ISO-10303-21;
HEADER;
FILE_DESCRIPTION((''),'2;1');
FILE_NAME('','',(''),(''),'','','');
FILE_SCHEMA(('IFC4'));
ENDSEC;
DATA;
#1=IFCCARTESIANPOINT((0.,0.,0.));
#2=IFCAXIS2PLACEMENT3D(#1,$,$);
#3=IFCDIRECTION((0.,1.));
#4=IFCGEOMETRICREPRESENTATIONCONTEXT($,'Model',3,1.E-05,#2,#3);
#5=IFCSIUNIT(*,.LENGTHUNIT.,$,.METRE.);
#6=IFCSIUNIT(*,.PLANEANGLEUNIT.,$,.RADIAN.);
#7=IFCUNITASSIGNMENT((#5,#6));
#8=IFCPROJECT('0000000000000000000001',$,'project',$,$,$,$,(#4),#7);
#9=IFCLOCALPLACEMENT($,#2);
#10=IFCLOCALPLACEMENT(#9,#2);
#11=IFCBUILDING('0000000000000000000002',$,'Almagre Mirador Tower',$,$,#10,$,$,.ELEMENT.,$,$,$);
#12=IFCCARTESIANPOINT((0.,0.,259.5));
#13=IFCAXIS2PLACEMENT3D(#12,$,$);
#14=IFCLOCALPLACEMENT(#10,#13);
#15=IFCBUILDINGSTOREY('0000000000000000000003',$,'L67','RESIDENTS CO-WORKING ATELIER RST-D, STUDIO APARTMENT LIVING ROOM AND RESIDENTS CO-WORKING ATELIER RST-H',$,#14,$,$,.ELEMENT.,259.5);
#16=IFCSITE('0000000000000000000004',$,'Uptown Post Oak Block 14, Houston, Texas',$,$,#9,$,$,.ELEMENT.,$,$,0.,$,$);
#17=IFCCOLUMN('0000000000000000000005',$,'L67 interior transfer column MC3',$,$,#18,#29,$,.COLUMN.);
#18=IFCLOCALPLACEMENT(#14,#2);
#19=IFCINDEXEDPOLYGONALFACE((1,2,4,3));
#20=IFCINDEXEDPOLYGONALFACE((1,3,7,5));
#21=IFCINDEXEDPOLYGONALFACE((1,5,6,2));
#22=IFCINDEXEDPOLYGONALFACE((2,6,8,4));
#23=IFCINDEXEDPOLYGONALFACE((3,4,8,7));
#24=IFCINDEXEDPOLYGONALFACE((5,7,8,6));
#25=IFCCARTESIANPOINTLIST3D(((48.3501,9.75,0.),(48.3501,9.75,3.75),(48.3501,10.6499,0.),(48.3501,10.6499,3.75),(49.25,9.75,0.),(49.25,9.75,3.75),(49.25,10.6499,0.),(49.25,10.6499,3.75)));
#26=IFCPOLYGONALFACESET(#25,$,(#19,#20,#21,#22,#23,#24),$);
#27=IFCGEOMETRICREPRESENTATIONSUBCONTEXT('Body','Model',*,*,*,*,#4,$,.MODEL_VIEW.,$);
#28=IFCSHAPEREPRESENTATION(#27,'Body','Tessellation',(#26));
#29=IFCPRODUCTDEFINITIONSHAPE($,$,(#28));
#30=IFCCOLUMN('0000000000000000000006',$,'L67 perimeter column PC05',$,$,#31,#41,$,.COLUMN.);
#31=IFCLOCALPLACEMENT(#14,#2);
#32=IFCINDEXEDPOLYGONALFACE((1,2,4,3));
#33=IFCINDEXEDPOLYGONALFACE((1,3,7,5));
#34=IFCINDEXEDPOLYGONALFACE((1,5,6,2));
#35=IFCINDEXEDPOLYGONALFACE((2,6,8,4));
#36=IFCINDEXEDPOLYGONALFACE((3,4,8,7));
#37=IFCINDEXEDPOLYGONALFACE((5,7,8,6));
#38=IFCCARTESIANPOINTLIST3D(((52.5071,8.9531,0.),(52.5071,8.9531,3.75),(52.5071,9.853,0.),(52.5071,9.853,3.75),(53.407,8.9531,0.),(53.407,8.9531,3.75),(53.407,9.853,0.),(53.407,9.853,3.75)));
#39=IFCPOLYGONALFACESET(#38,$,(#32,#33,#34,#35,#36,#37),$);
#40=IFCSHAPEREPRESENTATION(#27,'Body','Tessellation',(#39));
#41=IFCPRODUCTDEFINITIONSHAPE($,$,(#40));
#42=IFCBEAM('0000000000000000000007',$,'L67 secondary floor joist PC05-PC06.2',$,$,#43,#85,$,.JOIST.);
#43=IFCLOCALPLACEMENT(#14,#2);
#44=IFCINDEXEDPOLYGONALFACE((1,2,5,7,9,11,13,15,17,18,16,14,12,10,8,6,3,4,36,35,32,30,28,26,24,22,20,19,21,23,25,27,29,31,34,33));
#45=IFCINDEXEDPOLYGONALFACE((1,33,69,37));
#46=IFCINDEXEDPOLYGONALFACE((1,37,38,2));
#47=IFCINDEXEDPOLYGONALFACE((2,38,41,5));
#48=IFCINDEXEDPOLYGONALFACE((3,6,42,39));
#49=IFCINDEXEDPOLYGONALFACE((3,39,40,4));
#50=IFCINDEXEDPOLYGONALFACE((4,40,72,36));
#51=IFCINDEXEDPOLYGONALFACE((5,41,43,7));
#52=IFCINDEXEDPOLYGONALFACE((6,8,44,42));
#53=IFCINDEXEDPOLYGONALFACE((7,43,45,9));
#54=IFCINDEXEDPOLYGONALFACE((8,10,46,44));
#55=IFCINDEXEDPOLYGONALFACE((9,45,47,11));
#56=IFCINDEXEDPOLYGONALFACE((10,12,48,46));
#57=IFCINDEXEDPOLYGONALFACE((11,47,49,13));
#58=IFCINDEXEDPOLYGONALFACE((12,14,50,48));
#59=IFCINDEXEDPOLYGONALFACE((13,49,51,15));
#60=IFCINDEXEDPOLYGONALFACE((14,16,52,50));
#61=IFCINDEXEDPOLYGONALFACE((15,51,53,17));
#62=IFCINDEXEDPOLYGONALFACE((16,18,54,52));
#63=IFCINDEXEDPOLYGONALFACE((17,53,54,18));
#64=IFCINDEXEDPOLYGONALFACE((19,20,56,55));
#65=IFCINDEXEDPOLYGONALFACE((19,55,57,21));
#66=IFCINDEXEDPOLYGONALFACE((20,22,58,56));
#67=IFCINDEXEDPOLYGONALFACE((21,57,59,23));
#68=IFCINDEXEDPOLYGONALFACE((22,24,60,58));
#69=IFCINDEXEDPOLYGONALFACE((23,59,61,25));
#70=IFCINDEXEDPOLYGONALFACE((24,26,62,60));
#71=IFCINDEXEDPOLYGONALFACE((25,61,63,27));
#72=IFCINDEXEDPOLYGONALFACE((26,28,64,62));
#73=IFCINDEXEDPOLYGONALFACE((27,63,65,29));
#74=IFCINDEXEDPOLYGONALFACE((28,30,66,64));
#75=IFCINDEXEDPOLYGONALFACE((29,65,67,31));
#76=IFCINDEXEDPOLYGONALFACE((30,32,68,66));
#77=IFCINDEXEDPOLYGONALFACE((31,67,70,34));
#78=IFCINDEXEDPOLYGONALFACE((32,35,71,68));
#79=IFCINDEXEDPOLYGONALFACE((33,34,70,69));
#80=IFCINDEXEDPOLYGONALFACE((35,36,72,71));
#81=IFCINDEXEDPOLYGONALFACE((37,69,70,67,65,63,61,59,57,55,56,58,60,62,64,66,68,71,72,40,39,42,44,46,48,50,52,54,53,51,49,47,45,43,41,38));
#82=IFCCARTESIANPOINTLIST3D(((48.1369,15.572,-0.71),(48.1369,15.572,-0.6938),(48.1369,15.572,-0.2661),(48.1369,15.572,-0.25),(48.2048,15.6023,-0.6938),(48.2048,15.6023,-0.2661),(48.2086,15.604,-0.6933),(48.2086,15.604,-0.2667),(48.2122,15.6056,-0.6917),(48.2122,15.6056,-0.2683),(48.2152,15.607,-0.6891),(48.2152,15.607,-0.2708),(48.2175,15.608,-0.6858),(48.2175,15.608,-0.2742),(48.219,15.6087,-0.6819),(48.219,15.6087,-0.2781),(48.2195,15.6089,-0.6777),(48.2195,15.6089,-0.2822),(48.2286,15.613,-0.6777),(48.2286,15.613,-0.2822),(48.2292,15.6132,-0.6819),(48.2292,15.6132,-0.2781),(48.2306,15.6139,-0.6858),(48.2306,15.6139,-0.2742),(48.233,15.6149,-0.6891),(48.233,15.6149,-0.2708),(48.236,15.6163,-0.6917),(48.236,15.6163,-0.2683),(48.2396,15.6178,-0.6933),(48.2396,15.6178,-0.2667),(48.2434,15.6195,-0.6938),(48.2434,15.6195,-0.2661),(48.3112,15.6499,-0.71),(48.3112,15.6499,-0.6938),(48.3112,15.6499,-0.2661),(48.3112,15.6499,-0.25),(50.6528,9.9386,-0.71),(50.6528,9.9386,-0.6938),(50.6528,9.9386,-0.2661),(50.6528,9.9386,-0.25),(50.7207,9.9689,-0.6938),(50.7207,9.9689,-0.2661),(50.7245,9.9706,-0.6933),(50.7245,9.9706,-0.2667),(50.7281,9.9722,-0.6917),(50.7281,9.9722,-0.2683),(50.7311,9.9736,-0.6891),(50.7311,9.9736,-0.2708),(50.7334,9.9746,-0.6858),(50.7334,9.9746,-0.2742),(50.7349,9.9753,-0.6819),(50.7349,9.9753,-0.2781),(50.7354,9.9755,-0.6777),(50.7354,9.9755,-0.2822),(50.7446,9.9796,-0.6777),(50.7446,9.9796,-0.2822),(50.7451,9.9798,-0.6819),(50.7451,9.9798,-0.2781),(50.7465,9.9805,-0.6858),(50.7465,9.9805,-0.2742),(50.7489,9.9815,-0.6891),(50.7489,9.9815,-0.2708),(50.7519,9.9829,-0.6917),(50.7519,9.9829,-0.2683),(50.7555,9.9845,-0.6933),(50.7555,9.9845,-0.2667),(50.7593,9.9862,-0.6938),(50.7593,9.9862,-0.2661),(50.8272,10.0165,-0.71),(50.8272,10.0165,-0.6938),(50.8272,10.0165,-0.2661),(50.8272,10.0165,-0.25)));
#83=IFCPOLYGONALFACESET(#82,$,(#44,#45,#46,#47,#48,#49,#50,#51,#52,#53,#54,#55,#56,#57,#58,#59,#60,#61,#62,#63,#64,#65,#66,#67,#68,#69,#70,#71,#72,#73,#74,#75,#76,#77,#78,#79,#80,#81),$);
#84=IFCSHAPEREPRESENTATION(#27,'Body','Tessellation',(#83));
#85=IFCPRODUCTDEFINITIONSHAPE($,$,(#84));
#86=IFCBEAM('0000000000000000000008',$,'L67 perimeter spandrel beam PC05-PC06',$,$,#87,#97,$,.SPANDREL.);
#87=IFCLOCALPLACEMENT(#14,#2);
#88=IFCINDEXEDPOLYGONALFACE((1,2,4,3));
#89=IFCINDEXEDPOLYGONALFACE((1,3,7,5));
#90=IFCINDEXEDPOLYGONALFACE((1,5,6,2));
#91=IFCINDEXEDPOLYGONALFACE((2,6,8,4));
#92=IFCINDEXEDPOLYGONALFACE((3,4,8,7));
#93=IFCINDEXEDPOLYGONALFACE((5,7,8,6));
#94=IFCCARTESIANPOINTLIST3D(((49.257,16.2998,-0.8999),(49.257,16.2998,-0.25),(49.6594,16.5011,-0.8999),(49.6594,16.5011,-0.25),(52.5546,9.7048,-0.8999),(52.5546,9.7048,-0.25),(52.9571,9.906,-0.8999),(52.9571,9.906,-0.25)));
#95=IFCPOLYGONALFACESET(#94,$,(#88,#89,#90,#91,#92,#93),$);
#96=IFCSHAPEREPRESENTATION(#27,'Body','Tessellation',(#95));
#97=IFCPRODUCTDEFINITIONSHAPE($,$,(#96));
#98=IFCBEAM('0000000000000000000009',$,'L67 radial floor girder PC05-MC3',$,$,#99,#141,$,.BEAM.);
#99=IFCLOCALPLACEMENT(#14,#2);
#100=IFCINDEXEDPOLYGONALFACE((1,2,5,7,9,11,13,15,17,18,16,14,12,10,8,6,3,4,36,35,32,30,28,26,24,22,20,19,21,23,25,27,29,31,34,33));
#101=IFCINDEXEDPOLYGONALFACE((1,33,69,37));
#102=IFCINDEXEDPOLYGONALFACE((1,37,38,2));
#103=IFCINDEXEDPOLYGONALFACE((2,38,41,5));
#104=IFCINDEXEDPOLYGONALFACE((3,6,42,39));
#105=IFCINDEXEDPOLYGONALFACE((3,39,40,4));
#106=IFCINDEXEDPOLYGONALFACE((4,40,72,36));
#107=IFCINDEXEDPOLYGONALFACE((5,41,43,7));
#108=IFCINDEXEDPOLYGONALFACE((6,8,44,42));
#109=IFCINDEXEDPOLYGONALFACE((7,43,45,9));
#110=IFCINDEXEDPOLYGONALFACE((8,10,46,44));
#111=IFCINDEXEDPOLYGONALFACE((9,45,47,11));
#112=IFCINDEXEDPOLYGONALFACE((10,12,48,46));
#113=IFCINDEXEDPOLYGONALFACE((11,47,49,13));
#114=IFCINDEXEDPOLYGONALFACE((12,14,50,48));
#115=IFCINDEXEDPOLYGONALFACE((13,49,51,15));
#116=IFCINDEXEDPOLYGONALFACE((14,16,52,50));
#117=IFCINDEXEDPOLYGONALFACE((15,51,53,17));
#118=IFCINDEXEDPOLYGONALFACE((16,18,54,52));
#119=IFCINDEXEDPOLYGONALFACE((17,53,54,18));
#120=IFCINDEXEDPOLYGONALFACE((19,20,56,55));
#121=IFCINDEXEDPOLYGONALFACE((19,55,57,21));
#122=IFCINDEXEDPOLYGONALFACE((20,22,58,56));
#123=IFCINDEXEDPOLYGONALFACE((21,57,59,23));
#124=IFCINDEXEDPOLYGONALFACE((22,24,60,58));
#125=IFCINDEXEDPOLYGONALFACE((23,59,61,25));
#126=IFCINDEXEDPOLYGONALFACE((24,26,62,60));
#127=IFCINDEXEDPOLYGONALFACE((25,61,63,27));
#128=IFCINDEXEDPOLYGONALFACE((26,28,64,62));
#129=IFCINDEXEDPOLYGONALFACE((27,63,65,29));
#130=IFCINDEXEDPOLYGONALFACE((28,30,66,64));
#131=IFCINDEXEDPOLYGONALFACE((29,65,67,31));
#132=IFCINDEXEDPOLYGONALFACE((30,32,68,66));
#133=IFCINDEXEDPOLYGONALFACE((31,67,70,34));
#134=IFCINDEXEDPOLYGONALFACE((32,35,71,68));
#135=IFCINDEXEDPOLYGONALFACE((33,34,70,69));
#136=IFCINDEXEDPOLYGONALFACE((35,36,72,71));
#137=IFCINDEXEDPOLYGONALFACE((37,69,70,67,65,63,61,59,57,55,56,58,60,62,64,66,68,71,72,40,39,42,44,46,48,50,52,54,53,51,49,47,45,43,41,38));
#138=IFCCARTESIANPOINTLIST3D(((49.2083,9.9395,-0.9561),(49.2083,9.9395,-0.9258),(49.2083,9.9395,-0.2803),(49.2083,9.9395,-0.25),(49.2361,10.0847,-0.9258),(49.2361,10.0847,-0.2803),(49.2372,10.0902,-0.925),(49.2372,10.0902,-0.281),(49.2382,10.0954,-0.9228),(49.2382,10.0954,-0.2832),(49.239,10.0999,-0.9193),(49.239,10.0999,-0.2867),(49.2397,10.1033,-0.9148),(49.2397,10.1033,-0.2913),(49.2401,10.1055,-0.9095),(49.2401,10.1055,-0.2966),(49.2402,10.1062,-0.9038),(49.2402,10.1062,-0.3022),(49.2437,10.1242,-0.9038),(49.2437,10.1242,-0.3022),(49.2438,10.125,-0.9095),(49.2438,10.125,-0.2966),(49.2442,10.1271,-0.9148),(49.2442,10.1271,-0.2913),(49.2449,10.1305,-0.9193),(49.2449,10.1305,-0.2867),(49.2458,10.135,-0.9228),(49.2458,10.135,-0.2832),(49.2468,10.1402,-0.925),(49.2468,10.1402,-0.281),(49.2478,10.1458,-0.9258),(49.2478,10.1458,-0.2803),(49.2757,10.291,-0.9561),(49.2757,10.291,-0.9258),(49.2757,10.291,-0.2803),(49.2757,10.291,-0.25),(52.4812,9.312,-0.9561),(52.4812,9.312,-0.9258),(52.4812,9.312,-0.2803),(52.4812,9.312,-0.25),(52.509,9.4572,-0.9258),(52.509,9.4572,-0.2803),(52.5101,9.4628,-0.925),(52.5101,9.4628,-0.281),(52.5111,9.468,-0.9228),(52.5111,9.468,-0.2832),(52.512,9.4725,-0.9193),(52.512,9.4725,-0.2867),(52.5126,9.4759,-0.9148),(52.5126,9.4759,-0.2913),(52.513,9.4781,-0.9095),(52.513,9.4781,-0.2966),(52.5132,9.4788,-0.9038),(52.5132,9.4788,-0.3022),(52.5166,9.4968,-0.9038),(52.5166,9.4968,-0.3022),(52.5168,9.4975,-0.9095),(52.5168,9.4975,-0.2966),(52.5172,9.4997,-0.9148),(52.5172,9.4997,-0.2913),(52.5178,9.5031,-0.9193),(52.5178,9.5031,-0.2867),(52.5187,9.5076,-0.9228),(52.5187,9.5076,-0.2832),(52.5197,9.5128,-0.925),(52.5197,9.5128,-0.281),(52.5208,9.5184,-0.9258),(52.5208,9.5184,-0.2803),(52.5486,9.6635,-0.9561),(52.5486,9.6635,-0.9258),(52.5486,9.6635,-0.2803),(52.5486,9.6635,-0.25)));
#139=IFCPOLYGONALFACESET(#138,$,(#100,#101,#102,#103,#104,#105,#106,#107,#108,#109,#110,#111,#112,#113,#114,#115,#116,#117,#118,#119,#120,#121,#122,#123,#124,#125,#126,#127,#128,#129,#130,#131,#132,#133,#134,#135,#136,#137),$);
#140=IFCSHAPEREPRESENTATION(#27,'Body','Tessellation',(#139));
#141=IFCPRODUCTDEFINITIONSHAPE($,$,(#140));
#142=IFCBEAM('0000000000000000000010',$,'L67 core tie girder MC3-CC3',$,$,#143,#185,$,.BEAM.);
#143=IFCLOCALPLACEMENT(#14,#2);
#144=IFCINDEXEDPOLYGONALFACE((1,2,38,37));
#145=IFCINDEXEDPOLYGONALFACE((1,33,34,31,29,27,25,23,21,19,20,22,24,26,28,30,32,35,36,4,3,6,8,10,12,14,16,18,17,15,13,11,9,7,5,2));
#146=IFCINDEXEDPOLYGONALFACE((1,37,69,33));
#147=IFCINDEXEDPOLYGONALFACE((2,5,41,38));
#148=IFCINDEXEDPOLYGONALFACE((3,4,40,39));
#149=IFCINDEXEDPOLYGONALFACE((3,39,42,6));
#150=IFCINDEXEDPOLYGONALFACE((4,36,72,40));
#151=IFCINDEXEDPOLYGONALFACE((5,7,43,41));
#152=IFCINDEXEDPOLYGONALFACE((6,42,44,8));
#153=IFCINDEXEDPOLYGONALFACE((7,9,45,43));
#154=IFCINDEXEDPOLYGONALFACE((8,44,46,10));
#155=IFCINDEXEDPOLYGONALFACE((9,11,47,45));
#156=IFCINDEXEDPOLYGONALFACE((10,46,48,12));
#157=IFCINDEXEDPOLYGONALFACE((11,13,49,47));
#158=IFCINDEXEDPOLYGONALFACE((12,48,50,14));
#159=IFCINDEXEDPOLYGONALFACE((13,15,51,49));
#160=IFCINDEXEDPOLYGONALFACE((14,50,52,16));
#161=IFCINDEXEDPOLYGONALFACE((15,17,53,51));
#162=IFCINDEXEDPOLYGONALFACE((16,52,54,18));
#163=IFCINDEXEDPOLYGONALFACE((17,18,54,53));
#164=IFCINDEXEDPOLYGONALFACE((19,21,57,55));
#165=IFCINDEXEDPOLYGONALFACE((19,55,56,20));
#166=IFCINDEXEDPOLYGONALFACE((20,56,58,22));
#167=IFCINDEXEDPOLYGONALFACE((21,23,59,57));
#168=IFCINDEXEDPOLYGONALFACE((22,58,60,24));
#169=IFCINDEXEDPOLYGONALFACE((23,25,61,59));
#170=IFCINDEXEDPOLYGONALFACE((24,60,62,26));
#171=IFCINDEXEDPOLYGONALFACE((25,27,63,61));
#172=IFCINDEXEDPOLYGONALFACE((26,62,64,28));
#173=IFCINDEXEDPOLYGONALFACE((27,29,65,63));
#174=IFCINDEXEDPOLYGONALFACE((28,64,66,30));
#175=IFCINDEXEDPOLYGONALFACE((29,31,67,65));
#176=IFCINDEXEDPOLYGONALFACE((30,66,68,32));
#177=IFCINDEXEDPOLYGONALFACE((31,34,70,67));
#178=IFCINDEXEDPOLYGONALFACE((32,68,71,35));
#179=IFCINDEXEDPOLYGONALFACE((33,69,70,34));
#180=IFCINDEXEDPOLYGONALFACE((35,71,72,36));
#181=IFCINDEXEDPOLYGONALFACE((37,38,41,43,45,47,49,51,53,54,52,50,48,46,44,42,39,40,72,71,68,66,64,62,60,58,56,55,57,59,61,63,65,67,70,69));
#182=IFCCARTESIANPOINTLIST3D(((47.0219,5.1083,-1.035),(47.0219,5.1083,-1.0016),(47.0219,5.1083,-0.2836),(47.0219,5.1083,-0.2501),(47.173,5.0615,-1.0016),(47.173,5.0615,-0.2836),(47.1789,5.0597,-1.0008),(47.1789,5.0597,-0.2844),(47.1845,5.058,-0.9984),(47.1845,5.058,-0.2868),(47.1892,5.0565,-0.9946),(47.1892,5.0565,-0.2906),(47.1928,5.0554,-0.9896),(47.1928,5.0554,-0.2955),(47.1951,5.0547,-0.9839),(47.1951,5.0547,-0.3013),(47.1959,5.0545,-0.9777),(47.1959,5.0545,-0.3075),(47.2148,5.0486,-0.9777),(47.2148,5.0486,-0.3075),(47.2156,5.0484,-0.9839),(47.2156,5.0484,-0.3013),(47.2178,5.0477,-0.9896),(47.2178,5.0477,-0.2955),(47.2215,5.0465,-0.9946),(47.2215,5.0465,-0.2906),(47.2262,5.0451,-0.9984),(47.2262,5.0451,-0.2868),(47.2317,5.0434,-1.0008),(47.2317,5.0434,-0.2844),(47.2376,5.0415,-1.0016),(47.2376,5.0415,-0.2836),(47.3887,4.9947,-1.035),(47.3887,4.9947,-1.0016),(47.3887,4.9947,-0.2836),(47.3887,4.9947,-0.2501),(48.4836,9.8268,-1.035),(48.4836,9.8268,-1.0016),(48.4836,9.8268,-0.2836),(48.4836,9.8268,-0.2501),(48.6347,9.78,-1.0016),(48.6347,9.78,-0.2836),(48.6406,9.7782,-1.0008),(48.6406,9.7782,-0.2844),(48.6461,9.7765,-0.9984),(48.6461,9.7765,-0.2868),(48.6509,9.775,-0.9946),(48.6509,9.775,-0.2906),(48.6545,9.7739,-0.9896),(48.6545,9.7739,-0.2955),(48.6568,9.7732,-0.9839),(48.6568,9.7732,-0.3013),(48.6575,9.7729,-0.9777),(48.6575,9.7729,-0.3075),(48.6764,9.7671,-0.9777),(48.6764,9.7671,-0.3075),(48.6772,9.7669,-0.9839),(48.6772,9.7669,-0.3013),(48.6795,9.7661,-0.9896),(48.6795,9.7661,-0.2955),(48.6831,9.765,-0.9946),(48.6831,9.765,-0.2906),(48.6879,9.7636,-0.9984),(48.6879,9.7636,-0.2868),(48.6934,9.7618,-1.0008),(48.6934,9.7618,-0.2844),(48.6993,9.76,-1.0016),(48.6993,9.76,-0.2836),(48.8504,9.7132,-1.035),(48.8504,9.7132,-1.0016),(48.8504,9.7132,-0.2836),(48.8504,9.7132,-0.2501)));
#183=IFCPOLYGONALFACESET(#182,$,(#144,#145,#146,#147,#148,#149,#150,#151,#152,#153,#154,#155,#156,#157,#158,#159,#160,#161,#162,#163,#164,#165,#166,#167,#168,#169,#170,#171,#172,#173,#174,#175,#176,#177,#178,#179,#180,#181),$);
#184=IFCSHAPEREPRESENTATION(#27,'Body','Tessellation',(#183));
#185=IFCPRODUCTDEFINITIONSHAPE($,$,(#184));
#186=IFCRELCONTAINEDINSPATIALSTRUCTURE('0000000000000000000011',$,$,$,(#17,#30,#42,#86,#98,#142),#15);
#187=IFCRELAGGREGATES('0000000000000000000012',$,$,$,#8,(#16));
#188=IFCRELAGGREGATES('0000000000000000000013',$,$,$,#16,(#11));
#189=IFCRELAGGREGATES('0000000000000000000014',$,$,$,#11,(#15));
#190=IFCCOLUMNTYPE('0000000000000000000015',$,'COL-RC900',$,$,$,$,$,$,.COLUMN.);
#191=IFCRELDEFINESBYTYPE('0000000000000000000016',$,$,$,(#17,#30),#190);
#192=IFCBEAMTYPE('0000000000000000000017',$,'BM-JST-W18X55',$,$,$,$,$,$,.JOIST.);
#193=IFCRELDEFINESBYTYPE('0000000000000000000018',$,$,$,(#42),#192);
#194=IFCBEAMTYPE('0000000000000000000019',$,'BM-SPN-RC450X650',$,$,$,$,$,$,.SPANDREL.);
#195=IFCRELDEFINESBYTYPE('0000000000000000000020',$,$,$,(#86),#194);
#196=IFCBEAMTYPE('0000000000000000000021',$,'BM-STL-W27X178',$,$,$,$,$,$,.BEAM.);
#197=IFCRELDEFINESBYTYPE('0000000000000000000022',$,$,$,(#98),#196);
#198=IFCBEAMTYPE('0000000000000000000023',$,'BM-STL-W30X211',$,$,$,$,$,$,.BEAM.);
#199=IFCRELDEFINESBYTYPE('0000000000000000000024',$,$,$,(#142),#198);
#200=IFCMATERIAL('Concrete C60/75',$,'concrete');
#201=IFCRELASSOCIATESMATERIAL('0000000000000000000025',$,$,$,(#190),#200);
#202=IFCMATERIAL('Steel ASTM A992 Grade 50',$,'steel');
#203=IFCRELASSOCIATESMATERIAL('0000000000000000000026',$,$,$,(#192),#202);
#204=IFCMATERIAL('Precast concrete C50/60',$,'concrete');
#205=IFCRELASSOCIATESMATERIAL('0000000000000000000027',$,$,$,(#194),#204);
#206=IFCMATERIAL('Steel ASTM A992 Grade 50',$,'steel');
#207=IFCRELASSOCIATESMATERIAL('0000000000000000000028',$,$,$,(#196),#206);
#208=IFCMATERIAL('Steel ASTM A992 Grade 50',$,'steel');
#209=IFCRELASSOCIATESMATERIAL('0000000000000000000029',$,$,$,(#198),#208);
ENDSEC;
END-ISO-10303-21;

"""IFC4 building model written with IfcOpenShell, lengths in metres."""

from ifc_helpers import new_model, si_unit, direction, frame, origin, origin_2d, place, context, subcontext, project, spatial, rectangle, i_section, extrude, material, material_profile, profile_set, type_object, element, save


model = new_model("IFC4")

# Units and contexts
model_context = context("Model", 3, precision=1e-05, world=origin(), true_north=direction((0.0, 1.0)))
body_context = subcontext(model_context, "Body", "Model", "MODEL_VIEW")
ifc_project = project(units=[si_unit("LENGTHUNIT", "METRE"), si_unit("PLANEANGLEUNIT", "RADIAN")], contexts=[model_context])

# Site, building, storey
site_placement = place(None, origin())
site = spatial("IfcSite", under=ifc_project, at=site_placement, Name="Uptown Post Oak Block 14, Houston, Texas", CompositionType="ELEMENT", RefElevation=0.0)
building_placement = place(site_placement, origin())
building = spatial("IfcBuilding", under=site, at=building_placement, Name="Almagre Mirador Tower", CompositionType="ELEMENT")
storey_placement = place(building_placement, frame((0.0, 0.0, 259.5)))
storey = spatial("IfcBuildingStorey", under=building, at=storey_placement, Name="L67", Description="RESIDENTS CO-WORKING ATELIER RST-D, STUDIO APARTMENT LIVING ROOM AND RESIDENTS CO-WORKING ATELIER RST-H", CompositionType="ELEMENT", Elevation=259.5)

# Columns
ifc_material_1 = material(Name="Concrete C60/75", Category="concrete")
ifc_material_profile_1 = material_profile(ifc_material_1, rectangle(XDim=0.8999, YDim=0.8999, at=origin_2d()), Name="RC900X900")
ifc_profile_set_1 = profile_set([ifc_material_profile_1], Name="Concrete C60/75")
column_type = type_object("IfcColumnType", Name="COL-RC900", PredefinedType="COLUMN", material=ifc_profile_set_1)
for number, where, z_axis, x_axis, name in (
    (1, (48.8, 10.2, 0.0), (0.0, 0.0, 1.0), (1.0, 0.0, 0.0), "L67 interior transfer column MC3"),
    (2, (52.957, 9.4031, 0.0), (0.0, 0.0, 1.0), (1.0, 0.0, 0.0), "L67 perimeter column PC05"),
):
    element("IfcColumn", number, at=place(storey_placement, frame(where, z_axis=z_axis, x_axis=x_axis)), inside=storey, type_object=column_type, Name=name, PredefinedType="COLUMN", context=body_context, shape_type="SweptSolid", body=[
        extrude(rectangle(XDim=0.8999, YDim=0.8999, at=origin_2d()), origin(), (0.0, 0.0, 1.0), 3.75),
    ])

# Beams
ifc_material_2 = material(Name="Steel ASTM A992 Grade 50", Category="steel")
ifc_material_profile_2 = material_profile(ifc_material_2, i_section(OverallWidth=0.1909, OverallDepth=0.46, WebThickness=0.01, FlangeThickness=0.0161, FilletRadius=0.0161, at=origin_2d()), Name="W18X55")
ifc_profile_set_2 = profile_set([ifc_material_profile_2], Name="Steel ASTM A992 Grade 50")
beam_type_1 = type_object("IfcBeamType", Name="BM-JST-W18X55", PredefinedType="JOIST", material=ifc_profile_set_2)
beam_1_placement = place(storey_placement, frame((50.74, 9.9775, -0.48), z_axis=(-0.407786, 0.913077, 0.0), x_axis=(-0.913077, -0.407786, 0.0)))
element("IfcBeam", 3, at=beam_1_placement, inside=storey, type_object=beam_type_1, Name="L67 secondary floor joist PC05-PC06.2", PredefinedType="JOIST", context=body_context, shape_type="SweptSolid", body=[
    extrude(i_section(OverallWidth=0.1909, OverallDepth=0.46, WebThickness=0.01, FlangeThickness=0.0161, FilletRadius=0.0161, at=origin_2d()), origin(), (0.0, 0.0, 1.0), 6.1697),
])
ifc_material_3 = material(Name="Precast concrete C50/60", Category="concrete")
ifc_material_profile_3 = material_profile(ifc_material_3, rectangle(XDim=0.45, YDim=0.6499, at=origin_2d()), Name="RC450X650")
ifc_profile_set_3 = profile_set([ifc_material_profile_3], Name="Precast concrete C50/60")
beam_type_2 = type_object("IfcBeamType", Name="BM-SPN-RC450X650", PredefinedType="SPANDREL", material=ifc_profile_set_3)
beam_2_placement = place(storey_placement, frame((52.7559, 9.8054, -0.575), z_axis=(-0.447227, 0.894421, 0.0), x_axis=(-0.894421, -0.447227, 0.0)))
element("IfcBeam", 4, at=beam_2_placement, inside=storey, type_object=beam_type_2, Name="L67 perimeter spandrel beam PC05-PC06", PredefinedType="SPANDREL", context=body_context, shape_type="SweptSolid", body=[
    extrude(rectangle(XDim=0.45, YDim=0.6499, at=origin_2d()), origin(), (0.0, 0.0, 1.0), 7.3735),
])
ifc_material_4 = material(Name="Steel ASTM A992 Grade 50", Category="steel")
ifc_material_profile_4 = material_profile(ifc_material_4, i_section(OverallWidth=0.3579, OverallDepth=0.7061, WebThickness=0.0183, FlangeThickness=0.0303, FilletRadius=0.022, at=origin_2d()), Name="W27X178")
ifc_profile_set_4 = profile_set([ifc_material_profile_4], Name="Steel ASTM A992 Grade 50")
beam_type_3 = type_object("IfcBeamType", Name="BM-STL-W27X178", PredefinedType="BEAM", material=ifc_profile_set_4)
beam_3_placement = place(storey_placement, frame((52.5149, 9.4878, -0.603), z_axis=(-0.982116, 0.188277, 0.0), x_axis=(-0.188277, -0.982116, 0.0)))
element("IfcBeam", 5, at=beam_3_placement, inside=storey, type_object=beam_type_3, Name="L67 radial floor girder PC05-MC3", PredefinedType="BEAM", context=body_context, shape_type="SweptSolid", body=[
    extrude(i_section(OverallWidth=0.3579, OverallDepth=0.7061, WebThickness=0.0183, FlangeThickness=0.0303, FilletRadius=0.022, at=origin_2d()), origin(), (0.0, 0.0, 1.0), 3.3325),
])
ifc_material_5 = material(Name="Steel ASTM A992 Grade 50", Category="steel")
ifc_material_profile_5 = material_profile(ifc_material_5, i_section(OverallWidth=0.384, OverallDepth=0.7849, WebThickness=0.0198, FlangeThickness=0.0334, FilletRadius=0.0239, at=origin_2d()), Name="W30X211")
ifc_profile_set_5 = profile_set([ifc_material_profile_5], Name="Steel ASTM A992 Grade 50")
beam_type_4 = type_object("IfcBeamType", Name="BM-STL-W30X211", PredefinedType="BEAM", material=ifc_profile_set_5)
beam_4_placement = place(storey_placement, frame((48.667, 9.77, -0.6426), z_axis=(-0.295902, -0.955218, 0.0), x_axis=(0.955218, -0.295902, 0.0)))
element("IfcBeam", 6, at=beam_4_placement, inside=storey, type_object=beam_type_4, Name="L67 core tie girder MC3-CC3", PredefinedType="BEAM", context=body_context, shape_type="SweptSolid", body=[
    extrude(i_section(OverallWidth=0.384, OverallDepth=0.7849, WebThickness=0.0198, FlangeThickness=0.0334, FilletRadius=0.0239, at=origin_2d()), origin(), (0.0, 0.0, 1.0), 4.9397),
])

save(model, "model.ifc")
